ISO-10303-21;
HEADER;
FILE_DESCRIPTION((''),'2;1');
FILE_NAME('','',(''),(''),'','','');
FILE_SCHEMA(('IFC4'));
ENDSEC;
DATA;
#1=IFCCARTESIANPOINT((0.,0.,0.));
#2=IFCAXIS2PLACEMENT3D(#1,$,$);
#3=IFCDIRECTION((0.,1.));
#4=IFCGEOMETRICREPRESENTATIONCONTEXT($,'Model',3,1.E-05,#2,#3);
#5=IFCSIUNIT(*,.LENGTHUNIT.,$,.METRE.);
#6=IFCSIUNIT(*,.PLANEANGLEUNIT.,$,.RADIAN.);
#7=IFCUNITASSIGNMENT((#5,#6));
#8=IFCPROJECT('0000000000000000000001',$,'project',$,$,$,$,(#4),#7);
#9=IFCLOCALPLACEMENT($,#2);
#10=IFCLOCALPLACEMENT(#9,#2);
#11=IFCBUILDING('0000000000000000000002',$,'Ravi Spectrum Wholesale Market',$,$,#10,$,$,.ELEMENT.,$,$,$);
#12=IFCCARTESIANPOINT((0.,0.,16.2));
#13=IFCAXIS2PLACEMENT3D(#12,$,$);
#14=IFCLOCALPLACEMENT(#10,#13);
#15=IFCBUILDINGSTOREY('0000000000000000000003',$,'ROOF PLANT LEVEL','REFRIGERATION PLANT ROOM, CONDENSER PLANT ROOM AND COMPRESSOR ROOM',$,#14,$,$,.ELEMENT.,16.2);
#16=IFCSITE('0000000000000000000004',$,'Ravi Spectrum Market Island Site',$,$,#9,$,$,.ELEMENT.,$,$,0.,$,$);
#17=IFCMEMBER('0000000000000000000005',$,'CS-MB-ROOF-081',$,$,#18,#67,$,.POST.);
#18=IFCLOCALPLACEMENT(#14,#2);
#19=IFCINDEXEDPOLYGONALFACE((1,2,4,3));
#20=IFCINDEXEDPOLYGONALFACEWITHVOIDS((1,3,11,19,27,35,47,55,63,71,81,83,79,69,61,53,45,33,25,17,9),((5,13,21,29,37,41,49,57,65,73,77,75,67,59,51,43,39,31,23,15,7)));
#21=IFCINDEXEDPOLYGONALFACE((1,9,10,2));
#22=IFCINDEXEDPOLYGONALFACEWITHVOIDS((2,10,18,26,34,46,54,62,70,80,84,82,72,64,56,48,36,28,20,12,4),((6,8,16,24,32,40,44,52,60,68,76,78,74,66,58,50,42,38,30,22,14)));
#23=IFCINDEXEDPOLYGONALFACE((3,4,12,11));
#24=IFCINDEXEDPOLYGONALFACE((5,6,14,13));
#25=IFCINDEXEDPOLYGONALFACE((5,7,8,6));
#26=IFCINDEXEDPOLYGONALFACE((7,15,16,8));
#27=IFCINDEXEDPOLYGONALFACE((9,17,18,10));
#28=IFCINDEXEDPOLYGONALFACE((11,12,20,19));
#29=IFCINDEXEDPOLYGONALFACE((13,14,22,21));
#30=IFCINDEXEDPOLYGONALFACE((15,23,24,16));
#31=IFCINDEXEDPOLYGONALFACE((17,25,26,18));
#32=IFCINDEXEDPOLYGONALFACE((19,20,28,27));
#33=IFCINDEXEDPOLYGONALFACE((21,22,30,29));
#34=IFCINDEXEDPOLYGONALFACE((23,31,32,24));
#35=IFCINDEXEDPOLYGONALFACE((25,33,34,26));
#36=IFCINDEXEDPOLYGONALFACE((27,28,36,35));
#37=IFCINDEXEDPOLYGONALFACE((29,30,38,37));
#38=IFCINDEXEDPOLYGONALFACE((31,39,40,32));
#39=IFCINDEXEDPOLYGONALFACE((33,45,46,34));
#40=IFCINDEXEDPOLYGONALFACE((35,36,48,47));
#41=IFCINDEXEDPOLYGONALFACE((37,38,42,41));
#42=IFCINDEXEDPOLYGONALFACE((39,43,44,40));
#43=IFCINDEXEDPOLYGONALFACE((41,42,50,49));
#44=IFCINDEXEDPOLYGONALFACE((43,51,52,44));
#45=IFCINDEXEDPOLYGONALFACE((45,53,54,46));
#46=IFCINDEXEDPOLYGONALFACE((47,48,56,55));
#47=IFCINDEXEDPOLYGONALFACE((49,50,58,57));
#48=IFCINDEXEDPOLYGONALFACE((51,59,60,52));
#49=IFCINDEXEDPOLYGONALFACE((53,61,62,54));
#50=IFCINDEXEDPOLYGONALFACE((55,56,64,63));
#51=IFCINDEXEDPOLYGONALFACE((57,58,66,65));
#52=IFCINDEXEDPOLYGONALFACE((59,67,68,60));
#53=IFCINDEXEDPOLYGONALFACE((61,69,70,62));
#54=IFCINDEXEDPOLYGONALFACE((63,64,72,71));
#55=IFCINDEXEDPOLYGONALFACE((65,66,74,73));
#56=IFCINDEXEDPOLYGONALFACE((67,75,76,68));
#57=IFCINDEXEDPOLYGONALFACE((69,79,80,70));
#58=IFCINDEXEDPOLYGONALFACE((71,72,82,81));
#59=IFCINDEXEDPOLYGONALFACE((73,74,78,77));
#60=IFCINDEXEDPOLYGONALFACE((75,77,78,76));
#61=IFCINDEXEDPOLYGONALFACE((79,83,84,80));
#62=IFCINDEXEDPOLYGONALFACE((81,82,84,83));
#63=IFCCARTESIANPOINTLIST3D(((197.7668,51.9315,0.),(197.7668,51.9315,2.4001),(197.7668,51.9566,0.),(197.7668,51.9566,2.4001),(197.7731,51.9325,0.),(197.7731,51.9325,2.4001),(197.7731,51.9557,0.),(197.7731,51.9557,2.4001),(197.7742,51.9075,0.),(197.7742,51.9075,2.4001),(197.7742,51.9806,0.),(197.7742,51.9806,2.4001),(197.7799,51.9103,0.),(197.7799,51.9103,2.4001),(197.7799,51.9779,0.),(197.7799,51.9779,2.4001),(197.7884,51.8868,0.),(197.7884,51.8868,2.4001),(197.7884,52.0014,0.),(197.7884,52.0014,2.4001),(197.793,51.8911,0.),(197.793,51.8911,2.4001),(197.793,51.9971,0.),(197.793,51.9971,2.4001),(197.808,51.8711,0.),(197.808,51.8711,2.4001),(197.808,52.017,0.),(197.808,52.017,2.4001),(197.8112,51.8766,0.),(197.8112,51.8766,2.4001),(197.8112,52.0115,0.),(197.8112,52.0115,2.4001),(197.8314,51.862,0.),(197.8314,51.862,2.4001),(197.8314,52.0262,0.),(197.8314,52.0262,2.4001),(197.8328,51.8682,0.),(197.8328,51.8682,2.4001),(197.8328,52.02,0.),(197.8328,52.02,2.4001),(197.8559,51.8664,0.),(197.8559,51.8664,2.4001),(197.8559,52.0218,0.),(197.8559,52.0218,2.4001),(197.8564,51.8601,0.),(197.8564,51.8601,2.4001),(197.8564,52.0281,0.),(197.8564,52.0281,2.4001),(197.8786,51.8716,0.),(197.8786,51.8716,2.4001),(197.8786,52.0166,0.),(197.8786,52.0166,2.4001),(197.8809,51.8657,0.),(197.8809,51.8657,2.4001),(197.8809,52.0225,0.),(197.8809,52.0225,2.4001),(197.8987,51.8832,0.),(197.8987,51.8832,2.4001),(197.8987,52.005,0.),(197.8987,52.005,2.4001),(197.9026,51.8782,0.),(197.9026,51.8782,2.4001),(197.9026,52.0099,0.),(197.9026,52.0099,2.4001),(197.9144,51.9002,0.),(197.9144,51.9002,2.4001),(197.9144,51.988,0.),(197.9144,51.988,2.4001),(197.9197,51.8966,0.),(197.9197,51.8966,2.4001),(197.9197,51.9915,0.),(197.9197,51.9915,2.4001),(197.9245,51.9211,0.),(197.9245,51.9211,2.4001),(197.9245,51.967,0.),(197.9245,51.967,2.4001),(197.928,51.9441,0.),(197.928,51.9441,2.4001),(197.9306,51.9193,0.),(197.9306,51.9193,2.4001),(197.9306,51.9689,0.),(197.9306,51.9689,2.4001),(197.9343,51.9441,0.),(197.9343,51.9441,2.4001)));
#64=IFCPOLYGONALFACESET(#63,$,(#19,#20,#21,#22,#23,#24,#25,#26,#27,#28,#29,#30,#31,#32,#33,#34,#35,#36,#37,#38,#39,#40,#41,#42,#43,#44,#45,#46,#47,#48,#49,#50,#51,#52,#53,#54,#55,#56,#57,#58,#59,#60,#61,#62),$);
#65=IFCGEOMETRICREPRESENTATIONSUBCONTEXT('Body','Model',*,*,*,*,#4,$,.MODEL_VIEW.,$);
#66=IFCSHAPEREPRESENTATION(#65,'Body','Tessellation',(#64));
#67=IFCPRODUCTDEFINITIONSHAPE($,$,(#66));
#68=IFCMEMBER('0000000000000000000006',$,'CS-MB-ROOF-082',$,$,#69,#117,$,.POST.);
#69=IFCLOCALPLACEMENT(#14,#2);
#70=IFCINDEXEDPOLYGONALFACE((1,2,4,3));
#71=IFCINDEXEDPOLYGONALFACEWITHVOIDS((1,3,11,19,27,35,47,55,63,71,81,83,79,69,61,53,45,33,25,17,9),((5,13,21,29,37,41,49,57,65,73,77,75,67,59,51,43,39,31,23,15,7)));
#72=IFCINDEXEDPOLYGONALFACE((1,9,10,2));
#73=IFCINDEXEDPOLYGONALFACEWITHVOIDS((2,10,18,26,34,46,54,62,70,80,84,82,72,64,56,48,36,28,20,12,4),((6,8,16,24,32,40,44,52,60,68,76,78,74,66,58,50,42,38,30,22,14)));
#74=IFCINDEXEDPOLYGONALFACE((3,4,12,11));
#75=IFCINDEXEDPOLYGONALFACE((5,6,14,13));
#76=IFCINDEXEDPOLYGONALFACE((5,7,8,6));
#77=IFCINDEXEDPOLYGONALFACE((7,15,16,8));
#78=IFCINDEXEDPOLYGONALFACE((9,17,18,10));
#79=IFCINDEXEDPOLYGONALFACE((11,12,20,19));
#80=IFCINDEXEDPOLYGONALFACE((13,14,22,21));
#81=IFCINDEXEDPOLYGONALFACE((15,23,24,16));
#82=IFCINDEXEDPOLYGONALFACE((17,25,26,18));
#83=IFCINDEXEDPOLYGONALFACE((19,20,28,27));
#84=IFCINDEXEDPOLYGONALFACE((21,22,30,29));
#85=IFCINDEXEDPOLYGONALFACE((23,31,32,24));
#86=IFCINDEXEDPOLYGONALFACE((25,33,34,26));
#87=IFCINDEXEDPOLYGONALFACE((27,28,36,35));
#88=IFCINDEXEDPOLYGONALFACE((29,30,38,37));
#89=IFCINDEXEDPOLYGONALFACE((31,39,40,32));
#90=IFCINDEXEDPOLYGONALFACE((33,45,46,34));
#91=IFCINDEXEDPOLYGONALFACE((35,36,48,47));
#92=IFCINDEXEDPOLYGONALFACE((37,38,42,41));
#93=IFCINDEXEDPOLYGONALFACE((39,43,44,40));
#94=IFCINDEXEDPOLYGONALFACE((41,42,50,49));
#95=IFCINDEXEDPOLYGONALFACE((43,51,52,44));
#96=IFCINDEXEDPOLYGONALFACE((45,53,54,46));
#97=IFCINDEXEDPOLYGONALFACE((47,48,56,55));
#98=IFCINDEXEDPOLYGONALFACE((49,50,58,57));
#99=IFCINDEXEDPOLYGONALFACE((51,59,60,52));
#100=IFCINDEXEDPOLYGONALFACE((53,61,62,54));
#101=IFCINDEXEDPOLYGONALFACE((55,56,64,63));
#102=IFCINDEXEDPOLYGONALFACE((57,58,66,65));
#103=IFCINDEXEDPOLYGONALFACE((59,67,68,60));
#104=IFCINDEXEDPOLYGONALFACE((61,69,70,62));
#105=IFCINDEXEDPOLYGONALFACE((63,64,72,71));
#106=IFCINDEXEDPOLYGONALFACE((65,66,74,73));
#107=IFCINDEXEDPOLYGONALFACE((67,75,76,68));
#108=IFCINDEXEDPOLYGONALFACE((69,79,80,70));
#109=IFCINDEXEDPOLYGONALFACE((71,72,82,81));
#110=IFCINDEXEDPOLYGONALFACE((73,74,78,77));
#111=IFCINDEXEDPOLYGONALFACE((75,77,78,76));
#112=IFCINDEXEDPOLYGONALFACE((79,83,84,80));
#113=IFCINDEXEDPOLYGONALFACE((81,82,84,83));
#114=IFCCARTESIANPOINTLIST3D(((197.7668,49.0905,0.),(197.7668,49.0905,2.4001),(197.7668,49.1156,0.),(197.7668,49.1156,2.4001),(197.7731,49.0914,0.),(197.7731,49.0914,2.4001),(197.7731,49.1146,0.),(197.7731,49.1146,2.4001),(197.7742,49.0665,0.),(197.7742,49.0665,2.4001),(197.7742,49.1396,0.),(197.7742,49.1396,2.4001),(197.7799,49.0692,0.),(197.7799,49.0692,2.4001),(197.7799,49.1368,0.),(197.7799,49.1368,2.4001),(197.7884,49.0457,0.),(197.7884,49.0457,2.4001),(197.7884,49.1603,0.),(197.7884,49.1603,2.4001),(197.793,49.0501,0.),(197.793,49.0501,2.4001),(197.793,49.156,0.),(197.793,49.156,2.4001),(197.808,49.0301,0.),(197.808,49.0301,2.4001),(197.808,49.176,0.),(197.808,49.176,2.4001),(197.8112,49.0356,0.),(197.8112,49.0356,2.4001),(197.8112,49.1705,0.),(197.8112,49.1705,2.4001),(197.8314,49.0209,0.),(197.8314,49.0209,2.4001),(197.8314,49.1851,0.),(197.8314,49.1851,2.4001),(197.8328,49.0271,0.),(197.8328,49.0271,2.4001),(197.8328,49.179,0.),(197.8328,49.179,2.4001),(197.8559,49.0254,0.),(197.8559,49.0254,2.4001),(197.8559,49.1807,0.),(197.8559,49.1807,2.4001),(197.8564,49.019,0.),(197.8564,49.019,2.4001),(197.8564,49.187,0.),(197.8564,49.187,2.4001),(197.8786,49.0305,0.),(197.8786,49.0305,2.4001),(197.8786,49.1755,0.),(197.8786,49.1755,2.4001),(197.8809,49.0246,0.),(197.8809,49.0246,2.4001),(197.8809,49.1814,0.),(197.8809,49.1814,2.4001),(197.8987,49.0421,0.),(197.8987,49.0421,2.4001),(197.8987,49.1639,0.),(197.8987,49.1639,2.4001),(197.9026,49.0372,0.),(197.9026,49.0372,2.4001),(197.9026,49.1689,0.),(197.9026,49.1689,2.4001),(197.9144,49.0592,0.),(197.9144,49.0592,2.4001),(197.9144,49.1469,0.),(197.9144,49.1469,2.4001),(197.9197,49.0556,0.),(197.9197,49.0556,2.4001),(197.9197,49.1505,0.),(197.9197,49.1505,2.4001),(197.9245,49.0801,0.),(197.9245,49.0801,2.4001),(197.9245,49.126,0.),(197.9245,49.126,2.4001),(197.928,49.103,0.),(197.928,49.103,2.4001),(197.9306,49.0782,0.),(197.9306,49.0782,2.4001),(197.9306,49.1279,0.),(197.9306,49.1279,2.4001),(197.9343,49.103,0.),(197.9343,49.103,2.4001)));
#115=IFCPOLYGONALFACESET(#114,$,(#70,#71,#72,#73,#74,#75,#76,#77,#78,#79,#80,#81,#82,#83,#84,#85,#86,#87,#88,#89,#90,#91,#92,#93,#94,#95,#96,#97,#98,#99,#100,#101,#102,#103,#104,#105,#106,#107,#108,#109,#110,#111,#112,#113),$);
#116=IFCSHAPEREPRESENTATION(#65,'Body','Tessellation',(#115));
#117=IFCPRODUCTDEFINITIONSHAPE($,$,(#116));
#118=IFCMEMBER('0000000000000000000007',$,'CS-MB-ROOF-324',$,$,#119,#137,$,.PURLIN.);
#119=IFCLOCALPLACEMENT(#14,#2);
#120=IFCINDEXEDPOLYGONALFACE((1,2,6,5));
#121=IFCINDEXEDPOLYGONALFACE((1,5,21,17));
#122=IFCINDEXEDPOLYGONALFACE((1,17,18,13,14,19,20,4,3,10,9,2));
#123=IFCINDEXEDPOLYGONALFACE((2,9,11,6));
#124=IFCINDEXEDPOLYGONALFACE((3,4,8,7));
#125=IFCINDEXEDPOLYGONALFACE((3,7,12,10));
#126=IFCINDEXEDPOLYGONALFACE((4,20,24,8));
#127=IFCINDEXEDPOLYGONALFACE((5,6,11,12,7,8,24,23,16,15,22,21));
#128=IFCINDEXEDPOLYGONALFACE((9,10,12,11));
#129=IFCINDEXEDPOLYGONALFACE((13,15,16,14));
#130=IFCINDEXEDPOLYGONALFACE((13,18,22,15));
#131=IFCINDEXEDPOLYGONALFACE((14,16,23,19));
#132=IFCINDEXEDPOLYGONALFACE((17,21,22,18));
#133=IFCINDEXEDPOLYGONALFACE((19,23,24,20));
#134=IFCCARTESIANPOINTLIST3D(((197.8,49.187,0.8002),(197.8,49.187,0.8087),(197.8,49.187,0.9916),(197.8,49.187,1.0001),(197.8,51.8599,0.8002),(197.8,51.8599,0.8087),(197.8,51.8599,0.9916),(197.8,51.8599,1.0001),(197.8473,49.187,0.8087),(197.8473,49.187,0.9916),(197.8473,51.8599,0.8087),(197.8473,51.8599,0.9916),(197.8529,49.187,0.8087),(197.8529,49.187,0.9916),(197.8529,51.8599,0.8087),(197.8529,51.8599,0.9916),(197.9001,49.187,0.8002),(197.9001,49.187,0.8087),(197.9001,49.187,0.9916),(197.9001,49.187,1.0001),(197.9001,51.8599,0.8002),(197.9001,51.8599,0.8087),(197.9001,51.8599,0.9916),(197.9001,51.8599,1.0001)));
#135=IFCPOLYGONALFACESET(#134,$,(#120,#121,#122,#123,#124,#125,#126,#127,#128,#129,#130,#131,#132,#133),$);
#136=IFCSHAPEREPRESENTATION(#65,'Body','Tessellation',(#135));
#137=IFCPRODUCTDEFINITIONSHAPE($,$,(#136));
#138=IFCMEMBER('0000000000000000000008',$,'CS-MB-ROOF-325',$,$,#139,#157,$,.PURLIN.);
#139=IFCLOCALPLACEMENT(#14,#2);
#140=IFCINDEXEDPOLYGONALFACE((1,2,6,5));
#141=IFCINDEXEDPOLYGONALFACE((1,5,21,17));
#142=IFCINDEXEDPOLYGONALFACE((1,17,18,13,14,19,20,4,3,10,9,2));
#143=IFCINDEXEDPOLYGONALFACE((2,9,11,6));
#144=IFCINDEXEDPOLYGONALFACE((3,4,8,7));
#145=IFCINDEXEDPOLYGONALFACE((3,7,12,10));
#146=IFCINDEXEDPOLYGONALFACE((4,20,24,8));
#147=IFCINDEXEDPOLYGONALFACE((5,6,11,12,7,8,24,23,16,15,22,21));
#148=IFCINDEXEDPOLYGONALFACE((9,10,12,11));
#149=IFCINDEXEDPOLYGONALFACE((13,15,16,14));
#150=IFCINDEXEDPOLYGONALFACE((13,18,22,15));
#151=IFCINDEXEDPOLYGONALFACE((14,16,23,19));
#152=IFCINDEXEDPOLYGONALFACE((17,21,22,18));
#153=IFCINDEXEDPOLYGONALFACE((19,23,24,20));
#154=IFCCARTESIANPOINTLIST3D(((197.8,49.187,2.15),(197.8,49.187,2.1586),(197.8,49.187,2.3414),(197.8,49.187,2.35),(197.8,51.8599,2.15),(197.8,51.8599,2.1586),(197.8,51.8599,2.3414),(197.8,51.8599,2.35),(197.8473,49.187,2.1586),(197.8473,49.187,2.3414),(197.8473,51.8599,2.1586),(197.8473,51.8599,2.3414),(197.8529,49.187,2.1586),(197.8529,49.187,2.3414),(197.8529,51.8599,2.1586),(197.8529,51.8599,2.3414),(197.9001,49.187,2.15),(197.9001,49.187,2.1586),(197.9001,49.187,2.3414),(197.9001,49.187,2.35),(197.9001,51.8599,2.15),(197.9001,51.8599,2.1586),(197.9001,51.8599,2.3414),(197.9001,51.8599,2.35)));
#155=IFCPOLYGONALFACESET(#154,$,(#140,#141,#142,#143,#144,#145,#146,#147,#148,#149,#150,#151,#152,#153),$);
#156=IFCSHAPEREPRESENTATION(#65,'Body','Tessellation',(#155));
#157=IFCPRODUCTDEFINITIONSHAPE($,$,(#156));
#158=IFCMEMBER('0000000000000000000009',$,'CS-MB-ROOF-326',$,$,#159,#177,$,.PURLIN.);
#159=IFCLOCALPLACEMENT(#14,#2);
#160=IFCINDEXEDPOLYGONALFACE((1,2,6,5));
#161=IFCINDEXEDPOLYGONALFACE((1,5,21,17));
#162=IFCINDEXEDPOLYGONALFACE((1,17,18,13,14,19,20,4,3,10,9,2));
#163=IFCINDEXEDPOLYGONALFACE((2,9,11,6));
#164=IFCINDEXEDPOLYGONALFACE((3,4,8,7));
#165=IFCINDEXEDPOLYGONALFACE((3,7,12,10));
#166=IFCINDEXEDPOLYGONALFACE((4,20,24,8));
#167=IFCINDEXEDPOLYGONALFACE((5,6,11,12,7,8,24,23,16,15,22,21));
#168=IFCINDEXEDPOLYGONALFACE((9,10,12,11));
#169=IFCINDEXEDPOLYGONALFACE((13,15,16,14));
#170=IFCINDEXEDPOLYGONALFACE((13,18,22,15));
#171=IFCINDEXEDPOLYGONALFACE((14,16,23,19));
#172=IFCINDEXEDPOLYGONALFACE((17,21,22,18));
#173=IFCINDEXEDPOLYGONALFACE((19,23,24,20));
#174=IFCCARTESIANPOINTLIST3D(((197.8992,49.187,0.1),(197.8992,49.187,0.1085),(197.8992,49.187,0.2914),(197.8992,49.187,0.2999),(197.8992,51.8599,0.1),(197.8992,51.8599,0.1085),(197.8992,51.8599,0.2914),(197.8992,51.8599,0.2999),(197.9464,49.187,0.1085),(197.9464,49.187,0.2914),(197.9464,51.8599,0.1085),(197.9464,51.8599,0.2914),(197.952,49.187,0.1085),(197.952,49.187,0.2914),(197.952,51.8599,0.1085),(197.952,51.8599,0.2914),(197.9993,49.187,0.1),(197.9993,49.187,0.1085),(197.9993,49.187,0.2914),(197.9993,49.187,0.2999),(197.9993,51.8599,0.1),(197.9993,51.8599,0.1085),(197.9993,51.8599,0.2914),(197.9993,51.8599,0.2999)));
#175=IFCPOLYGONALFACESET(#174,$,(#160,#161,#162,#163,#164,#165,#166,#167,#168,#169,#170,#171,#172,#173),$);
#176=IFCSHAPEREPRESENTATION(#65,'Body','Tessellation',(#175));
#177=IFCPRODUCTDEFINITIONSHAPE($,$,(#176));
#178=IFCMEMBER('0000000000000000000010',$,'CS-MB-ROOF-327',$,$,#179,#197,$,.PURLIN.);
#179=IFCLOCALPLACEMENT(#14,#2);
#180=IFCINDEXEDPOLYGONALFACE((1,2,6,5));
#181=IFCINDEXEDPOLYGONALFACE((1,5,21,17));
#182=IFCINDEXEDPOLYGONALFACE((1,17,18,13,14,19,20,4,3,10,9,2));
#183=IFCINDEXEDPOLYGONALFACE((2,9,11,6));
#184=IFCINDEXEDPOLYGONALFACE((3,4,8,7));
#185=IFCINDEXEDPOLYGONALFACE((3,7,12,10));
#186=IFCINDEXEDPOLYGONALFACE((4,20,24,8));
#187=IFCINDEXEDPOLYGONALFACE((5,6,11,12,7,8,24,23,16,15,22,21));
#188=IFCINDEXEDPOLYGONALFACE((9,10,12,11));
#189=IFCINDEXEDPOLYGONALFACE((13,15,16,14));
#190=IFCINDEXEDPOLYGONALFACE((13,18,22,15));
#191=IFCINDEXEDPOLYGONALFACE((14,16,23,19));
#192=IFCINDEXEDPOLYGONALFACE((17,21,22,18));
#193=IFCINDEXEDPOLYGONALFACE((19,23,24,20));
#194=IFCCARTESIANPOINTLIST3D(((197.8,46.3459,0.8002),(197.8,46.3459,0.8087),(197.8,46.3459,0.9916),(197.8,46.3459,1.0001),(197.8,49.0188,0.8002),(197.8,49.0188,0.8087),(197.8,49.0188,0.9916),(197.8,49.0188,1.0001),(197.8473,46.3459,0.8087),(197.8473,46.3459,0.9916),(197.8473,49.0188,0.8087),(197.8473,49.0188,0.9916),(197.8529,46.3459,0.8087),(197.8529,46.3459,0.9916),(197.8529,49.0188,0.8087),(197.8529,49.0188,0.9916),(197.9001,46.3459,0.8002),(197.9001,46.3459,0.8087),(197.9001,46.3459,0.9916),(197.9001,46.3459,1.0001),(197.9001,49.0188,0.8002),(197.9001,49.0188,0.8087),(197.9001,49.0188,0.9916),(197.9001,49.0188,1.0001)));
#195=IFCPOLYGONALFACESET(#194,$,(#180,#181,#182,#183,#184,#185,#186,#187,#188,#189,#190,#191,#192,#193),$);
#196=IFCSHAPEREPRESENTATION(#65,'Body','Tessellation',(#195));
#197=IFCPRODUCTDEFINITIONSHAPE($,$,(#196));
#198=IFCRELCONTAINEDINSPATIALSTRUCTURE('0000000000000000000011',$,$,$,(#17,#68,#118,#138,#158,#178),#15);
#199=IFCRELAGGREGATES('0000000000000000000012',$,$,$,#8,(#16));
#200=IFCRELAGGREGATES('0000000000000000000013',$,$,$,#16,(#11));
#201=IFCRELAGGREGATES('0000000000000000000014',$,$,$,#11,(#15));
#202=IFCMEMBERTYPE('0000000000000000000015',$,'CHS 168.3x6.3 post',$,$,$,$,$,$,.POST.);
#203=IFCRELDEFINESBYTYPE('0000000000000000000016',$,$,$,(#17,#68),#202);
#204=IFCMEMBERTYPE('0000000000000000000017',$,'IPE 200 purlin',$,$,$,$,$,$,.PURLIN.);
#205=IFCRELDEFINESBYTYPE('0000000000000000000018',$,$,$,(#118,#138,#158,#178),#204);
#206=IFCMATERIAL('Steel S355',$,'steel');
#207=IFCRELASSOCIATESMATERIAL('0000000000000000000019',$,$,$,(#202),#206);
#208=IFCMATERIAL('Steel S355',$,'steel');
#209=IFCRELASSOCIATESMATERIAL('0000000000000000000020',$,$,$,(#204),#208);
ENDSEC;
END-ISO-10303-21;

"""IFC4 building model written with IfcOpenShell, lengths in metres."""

from ifc_helpers import new_model, si_unit, direction, frame, origin, origin_2d, place, context, subcontext, project, spatial, hollow_circle, i_section, extrude, material, material_profile, profile_set, type_object, element, save


model = new_model("IFC4")

# Units and contexts
model_context = context("Model", 3, precision=1e-05, world=origin(), true_north=direction((0.0, 1.0)))
body_context = subcontext(model_context, "Body", "Model", "MODEL_VIEW")
ifc_project = project(units=[si_unit("LENGTHUNIT", "METRE"), si_unit("PLANEANGLEUNIT", "RADIAN")], contexts=[model_context])

# Site, building, storey
site_placement = place(None, origin())
site = spatial("IfcSite", under=ifc_project, at=site_placement, Name="Ravi Spectrum Market Island Site", CompositionType="ELEMENT", RefElevation=0.0)
building_placement = place(site_placement, origin())
building = spatial("IfcBuilding", under=site, at=building_placement, Name="Ravi Spectrum Wholesale Market", CompositionType="ELEMENT")
storey_placement = place(building_placement, frame((0.0, 0.0, 16.2)))
storey = spatial("IfcBuildingStorey", under=building, at=storey_placement, Name="ROOF PLANT LEVEL", Description="REFRIGERATION PLANT ROOM, CONDENSER PLANT ROOM AND COMPRESSOR ROOM", CompositionType="ELEMENT", Elevation=16.2)

# Members
ifc_material_1 = material(Name="Steel S355", Category="steel")
ifc_material_profile_1 = material_profile(ifc_material_1, hollow_circle(Radius=0.0842, WallThickness=0.0063, at=origin_2d()))
ifc_profile_set_1 = profile_set([ifc_material_profile_1], Name="Steel S355")
member_type_1 = type_object("IfcMemberType", Name="CHS 168.3x6.3 post", PredefinedType="POST", material=ifc_profile_set_1)
for number, where, z_axis, x_axis, name in (
    (1, (197.8501, 51.9441, 0.0), (0.0, 0.0, 1.0), (1.0, 0.0, 0.0), "CS-MB-ROOF-081"),
    (2, (197.8501, 49.103, 0.0), (0.0, 0.0, 1.0), (1.0, 0.0, 0.0), "CS-MB-ROOF-082"),
):
    element("IfcMember", number, at=place(storey_placement, frame(where, z_axis=z_axis, x_axis=x_axis)), inside=storey, type_object=member_type_1, Name=name, PredefinedType="POST", context=body_context, shape_type="SweptSolid", body=[
        extrude(hollow_circle(Radius=0.0842, WallThickness=0.0063, at=origin_2d()), origin(), (0.0, 0.0, 1.0), 2.4001),
    ])
ifc_material_2 = material(Name="Steel S355", Category="steel")
ifc_material_profile_2 = material_profile(ifc_material_2, i_section(OverallWidth=0.1001, OverallDepth=0.2, WebThickness=0.0056, FlangeThickness=0.0085, at=origin_2d()))
ifc_profile_set_2 = profile_set([ifc_material_profile_2], Name="Steel S355")
member_type_2 = type_object("IfcMemberType", Name="IPE 200 purlin", PredefinedType="PURLIN", material=ifc_profile_set_2)
for number, where, z_axis, x_axis, name in (
    (3, (197.8501, 51.8599, 0.9001), (0.0, -1.0, 0.0), (1.0, 0.0, 0.0), "CS-MB-ROOF-324"),
    (4, (197.8501, 51.8599, 2.25), (0.0, -1.0, 0.0), (1.0, 0.0, 0.0), "CS-MB-ROOF-325"),
    (5, (197.9492, 51.8599, 0.2), (0.0, -1.0, 0.0), (1.0, 0.0, 0.0), "CS-MB-ROOF-326"),
    (6, (197.8501, 49.0188, 0.9001), (0.0, -1.0, 0.0), (1.0, 0.0, 0.0), "CS-MB-ROOF-327"),
):
    element("IfcMember", number, at=place(storey_placement, frame(where, z_axis=z_axis, x_axis=x_axis)), inside=storey, type_object=member_type_2, Name=name, PredefinedType="PURLIN", context=body_context, shape_type="SweptSolid", body=[
        extrude(i_section(OverallWidth=0.1001, OverallDepth=0.2, WebThickness=0.0056, FlangeThickness=0.0085, at=origin_2d()), origin(), (0.0, 0.0, 1.0), 2.6729),
    ])

save(model, "model.ifc")
